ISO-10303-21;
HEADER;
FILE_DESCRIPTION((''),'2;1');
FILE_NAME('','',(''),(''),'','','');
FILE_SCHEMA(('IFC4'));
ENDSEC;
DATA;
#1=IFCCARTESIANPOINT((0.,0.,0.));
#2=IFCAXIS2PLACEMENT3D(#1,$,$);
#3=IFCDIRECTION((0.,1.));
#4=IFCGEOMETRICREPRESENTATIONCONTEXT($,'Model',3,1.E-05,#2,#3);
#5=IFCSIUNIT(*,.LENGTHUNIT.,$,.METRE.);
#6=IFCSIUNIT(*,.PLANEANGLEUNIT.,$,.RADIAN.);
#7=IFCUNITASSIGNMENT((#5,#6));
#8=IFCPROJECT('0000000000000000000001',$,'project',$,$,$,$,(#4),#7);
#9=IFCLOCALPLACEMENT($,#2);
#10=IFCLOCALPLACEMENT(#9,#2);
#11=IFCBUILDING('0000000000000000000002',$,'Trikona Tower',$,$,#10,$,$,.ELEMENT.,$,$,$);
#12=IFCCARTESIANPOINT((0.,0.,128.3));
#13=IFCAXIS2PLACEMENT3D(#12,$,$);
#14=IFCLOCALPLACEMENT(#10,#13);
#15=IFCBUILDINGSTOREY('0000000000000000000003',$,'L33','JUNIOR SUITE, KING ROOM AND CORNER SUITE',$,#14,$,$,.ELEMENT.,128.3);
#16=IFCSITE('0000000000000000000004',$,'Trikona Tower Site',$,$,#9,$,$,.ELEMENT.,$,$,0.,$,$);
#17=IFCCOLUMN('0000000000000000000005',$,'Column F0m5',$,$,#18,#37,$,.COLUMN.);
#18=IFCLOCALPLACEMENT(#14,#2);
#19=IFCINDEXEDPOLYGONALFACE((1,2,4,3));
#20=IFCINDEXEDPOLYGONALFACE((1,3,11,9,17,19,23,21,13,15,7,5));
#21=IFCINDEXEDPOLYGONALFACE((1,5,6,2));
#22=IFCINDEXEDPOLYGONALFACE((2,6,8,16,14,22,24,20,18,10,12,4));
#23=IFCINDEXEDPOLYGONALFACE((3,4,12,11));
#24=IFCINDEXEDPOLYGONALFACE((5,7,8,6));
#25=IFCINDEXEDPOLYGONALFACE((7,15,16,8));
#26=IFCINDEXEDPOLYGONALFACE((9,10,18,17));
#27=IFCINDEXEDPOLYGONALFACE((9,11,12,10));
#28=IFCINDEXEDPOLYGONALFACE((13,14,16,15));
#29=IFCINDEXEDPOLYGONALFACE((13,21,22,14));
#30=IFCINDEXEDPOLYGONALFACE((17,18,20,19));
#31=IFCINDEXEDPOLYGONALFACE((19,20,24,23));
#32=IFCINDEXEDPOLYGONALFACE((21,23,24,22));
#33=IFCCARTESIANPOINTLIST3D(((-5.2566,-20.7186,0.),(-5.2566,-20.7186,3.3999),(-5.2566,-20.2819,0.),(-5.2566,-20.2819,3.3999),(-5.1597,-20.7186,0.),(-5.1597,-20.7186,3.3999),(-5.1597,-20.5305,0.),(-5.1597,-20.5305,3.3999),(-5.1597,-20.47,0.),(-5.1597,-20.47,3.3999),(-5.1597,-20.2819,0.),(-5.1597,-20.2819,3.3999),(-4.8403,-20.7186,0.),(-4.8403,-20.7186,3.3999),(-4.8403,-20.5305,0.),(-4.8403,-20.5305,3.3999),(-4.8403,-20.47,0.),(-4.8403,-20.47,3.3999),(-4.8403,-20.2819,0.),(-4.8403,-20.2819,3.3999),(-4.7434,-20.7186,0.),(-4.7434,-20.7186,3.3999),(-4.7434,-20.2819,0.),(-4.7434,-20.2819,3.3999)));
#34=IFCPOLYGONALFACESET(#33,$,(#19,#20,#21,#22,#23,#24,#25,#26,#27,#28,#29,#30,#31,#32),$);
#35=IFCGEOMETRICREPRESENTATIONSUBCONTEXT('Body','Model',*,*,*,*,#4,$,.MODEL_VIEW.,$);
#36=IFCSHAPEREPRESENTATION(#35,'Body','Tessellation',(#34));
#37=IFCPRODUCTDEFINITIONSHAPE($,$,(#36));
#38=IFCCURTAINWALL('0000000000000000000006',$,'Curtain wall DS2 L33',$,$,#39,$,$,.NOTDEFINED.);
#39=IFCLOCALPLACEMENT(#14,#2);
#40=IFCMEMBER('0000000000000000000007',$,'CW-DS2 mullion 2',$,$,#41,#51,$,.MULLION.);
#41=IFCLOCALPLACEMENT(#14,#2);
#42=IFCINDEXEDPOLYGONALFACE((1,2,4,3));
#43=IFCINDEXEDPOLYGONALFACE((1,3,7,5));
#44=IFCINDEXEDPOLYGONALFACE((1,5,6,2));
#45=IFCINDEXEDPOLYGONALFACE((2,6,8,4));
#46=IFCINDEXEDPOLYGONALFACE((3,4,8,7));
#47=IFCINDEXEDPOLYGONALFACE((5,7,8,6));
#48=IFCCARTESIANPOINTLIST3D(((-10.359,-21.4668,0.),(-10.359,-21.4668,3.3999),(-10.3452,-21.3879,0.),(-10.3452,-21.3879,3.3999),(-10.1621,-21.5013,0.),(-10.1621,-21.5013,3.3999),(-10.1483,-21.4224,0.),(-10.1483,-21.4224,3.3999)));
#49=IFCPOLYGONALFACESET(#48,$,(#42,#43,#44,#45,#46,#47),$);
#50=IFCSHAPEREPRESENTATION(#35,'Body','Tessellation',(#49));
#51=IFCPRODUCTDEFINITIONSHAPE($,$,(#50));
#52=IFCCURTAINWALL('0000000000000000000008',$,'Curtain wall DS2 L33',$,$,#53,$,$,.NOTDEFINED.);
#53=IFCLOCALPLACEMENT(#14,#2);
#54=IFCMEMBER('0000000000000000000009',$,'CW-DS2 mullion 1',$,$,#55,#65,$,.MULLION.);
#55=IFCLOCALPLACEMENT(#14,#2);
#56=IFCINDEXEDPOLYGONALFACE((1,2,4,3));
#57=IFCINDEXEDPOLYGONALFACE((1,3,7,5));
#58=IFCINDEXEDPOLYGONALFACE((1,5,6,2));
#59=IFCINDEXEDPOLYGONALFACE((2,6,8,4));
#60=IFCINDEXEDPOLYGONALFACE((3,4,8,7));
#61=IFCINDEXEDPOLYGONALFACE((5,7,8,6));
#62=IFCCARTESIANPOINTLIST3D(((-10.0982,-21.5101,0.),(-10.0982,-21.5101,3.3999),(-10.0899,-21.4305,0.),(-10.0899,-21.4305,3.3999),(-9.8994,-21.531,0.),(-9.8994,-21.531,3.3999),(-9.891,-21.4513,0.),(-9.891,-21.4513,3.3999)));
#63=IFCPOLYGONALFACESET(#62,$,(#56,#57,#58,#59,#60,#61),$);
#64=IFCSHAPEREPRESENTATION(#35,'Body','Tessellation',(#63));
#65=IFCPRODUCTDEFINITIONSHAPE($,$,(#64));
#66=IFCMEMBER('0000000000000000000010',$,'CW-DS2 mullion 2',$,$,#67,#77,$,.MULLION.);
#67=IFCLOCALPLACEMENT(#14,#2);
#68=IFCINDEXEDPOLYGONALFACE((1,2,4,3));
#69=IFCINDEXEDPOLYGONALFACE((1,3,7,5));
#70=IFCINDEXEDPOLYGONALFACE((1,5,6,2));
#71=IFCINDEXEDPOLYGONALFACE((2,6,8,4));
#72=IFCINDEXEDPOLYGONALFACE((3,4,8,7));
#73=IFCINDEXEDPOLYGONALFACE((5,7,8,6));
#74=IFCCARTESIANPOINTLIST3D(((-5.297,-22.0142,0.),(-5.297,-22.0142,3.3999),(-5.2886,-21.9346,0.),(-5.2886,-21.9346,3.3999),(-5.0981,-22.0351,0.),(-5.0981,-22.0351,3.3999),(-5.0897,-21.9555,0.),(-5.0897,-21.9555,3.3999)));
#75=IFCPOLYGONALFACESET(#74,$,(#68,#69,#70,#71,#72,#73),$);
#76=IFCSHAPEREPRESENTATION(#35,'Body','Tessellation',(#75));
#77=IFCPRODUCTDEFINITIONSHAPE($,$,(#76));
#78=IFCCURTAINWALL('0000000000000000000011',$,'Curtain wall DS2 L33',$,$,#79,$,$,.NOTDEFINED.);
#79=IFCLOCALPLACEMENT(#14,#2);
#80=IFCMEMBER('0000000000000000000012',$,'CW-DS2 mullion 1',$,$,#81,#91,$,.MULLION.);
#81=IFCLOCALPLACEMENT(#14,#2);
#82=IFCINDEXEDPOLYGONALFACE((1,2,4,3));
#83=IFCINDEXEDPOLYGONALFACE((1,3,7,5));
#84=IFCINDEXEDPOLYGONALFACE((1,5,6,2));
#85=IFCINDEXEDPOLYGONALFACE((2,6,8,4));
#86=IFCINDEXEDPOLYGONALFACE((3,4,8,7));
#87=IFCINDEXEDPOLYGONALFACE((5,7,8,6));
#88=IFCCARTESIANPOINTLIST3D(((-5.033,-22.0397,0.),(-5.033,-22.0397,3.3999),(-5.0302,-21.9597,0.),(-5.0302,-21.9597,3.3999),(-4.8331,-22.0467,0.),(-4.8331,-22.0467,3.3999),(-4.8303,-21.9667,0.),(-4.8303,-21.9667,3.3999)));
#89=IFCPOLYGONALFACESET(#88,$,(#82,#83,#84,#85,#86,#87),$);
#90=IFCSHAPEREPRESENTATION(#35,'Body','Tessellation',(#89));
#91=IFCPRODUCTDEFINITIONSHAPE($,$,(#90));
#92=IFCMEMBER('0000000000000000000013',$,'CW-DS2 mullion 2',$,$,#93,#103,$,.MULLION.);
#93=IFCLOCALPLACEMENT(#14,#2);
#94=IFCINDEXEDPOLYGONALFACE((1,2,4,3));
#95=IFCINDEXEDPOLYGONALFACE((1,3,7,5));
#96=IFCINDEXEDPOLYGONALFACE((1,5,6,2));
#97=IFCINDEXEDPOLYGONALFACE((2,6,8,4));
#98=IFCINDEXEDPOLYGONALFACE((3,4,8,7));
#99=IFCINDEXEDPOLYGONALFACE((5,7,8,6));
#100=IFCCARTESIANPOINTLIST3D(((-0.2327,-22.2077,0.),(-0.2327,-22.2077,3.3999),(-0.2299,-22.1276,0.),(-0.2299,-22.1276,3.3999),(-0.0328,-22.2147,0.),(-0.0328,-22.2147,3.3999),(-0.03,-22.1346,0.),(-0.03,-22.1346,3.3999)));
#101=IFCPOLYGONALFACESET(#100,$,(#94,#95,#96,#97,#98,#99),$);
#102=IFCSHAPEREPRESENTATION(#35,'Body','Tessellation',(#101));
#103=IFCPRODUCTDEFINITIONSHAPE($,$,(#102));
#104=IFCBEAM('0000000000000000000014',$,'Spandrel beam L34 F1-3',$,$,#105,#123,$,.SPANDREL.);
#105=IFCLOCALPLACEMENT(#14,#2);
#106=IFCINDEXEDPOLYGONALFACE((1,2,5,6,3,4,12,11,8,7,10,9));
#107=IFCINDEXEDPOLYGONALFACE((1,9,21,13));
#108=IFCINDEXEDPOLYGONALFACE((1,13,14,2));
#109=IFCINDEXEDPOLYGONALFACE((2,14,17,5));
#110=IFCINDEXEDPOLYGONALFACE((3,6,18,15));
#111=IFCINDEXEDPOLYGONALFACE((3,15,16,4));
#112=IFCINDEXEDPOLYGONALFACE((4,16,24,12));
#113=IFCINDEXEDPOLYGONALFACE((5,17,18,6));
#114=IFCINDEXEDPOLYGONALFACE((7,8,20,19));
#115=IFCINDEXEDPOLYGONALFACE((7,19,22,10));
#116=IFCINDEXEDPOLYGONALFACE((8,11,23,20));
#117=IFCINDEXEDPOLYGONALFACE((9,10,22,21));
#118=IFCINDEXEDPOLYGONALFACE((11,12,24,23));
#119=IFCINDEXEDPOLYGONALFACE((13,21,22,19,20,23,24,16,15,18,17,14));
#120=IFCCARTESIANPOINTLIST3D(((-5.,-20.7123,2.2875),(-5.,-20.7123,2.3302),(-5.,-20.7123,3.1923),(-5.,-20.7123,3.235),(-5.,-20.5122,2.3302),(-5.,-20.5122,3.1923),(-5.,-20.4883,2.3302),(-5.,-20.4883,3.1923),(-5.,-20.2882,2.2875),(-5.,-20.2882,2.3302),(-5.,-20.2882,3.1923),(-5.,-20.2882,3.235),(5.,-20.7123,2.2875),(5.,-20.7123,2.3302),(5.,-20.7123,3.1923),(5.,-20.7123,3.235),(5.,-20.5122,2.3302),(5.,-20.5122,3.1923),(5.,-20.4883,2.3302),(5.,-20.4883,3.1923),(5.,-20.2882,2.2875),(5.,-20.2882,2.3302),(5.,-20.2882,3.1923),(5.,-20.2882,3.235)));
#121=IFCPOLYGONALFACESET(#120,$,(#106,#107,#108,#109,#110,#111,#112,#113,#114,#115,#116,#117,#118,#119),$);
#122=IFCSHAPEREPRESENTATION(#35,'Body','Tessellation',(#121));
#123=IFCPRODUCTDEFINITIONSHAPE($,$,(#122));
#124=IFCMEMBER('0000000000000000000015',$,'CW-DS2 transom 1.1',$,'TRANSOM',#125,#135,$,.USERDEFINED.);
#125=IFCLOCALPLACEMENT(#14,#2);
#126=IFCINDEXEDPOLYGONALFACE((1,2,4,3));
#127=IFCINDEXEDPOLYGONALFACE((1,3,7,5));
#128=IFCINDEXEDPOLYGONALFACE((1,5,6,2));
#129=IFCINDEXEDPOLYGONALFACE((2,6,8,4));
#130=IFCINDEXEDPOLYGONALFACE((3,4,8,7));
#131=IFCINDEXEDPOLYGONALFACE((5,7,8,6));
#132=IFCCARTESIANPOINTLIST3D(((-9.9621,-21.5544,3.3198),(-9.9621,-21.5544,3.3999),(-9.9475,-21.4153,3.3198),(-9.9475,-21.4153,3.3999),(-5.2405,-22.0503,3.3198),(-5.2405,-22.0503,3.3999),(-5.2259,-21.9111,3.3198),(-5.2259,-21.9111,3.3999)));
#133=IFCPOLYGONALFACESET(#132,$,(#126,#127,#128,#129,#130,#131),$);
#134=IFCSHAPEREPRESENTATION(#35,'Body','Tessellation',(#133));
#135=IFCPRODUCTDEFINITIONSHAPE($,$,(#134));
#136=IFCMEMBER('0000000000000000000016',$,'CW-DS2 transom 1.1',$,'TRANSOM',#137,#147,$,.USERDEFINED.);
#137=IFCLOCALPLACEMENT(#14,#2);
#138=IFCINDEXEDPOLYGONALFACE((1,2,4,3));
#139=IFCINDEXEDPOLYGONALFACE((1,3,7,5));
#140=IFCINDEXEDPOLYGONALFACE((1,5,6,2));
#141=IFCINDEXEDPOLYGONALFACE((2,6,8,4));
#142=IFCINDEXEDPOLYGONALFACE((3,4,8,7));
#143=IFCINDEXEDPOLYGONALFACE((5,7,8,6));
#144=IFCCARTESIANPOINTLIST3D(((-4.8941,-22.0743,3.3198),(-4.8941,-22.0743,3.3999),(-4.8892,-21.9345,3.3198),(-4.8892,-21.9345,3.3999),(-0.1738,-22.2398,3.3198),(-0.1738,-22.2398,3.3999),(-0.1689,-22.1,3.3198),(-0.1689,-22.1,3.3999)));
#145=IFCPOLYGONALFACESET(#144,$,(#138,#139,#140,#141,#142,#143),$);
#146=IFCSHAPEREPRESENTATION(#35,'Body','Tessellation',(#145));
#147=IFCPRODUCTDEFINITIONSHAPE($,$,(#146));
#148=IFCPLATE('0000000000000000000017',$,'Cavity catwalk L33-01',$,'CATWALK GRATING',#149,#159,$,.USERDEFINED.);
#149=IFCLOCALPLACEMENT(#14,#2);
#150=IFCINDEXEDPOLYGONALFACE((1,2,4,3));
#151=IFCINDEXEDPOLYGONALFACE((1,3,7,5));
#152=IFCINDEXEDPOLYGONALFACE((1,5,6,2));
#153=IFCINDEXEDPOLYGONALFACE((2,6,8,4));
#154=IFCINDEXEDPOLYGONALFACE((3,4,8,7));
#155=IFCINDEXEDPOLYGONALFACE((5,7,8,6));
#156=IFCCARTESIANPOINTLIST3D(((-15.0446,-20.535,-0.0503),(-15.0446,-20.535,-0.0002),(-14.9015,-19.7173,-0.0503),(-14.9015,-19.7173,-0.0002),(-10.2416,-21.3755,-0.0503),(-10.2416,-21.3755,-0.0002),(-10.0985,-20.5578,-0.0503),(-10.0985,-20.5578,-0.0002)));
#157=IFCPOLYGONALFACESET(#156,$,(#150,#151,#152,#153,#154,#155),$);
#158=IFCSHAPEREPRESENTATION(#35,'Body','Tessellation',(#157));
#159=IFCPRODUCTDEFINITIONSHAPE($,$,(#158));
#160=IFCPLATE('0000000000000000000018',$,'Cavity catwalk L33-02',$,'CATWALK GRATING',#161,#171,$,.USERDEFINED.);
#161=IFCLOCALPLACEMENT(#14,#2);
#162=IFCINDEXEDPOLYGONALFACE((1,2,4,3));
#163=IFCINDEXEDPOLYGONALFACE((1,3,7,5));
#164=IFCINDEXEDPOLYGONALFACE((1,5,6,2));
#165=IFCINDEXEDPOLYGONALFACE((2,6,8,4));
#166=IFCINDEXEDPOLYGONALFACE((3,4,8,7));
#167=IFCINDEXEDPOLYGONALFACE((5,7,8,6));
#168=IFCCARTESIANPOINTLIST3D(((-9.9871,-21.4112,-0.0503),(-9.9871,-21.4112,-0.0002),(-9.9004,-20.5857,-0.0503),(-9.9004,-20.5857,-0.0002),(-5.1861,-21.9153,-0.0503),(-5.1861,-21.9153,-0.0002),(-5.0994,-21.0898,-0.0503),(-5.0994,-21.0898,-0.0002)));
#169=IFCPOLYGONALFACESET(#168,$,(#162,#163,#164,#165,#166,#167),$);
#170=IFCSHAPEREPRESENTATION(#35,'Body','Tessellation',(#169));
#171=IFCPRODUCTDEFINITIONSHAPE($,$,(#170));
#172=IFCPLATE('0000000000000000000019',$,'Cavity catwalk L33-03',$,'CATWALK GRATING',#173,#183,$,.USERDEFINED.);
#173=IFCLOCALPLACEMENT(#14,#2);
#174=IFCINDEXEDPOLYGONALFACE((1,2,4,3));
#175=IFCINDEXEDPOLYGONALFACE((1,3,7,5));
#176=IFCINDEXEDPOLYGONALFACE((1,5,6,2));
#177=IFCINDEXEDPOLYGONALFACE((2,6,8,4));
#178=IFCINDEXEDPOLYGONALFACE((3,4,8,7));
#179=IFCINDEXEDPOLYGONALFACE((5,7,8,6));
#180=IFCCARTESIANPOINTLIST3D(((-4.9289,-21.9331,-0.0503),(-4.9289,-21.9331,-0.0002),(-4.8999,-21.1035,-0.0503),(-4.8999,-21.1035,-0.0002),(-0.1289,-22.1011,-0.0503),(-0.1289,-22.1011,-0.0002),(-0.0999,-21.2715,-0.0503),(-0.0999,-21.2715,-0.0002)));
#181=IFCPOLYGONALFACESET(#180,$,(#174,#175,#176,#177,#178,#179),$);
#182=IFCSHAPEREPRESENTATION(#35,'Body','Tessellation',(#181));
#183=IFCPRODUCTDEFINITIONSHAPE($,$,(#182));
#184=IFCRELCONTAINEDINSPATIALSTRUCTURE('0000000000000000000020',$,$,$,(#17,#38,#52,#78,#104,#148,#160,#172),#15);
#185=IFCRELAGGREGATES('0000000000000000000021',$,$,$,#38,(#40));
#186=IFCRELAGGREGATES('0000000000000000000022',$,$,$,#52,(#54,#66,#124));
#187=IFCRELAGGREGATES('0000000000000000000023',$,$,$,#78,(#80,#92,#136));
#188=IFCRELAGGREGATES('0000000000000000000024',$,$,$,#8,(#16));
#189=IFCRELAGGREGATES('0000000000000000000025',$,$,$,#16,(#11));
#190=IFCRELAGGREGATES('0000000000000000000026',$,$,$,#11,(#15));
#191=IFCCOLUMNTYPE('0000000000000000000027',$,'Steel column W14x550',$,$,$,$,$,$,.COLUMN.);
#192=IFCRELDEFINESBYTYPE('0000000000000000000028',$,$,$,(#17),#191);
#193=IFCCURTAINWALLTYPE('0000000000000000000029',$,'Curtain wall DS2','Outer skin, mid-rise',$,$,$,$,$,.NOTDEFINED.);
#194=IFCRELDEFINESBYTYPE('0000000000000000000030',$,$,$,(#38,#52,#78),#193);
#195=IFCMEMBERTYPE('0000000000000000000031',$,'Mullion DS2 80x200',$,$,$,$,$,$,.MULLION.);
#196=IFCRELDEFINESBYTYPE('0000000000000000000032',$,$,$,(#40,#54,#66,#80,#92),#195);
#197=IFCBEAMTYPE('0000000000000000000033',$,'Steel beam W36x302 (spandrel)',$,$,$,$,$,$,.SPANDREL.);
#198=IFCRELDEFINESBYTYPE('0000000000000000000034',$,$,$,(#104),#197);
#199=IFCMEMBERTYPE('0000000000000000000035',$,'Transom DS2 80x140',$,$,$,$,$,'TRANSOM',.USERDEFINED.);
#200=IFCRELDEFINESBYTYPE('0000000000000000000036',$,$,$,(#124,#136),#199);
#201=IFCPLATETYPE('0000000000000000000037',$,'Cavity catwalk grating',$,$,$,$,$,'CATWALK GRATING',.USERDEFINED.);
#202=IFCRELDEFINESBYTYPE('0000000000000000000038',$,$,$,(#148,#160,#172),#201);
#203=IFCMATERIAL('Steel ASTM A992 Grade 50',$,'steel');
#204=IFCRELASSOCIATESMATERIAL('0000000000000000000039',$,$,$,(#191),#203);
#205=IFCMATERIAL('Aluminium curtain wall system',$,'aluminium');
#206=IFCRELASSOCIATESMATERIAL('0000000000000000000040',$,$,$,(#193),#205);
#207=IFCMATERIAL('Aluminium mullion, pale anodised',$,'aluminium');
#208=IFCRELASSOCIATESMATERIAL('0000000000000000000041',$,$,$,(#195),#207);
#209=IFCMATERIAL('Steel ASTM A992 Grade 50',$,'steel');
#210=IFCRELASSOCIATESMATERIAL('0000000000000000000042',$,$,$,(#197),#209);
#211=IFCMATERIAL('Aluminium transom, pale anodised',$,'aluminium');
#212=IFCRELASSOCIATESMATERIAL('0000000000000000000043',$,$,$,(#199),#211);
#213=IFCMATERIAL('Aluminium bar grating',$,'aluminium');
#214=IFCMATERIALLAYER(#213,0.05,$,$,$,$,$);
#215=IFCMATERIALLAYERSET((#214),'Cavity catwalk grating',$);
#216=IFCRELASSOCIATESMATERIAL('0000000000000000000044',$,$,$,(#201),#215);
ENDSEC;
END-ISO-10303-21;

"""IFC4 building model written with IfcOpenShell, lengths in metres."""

from ifc_helpers import new_model, si_unit, direction, frame, origin, origin_2d, place, context, subcontext, project, spatial, rectangle, i_section, extrude, material, layer, layer_set, material_profile, profile_set, type_object, element, aggregate, save


model = new_model("IFC4")

# Units and contexts
model_context = context("Model", 3, precision=1e-05, world=origin(), true_north=direction((0.0, 1.0)))
body_context = subcontext(model_context, "Body", "Model", "MODEL_VIEW")
ifc_project = project(units=[si_unit("LENGTHUNIT", "METRE"), si_unit("PLANEANGLEUNIT", "RADIAN")], contexts=[model_context])

# Site, building, storey
site_placement = place(None, origin())
site = spatial("IfcSite", under=ifc_project, at=site_placement, Name="Trikona Tower Site", CompositionType="ELEMENT", RefElevation=0.0)
building_placement = place(site_placement, origin())
building = spatial("IfcBuilding", under=site, at=building_placement, Name="Trikona Tower", CompositionType="ELEMENT")
storey_placement = place(building_placement, frame((0.0, 0.0, 128.3)))
storey = spatial("IfcBuildingStorey", under=building, at=storey_placement, Name="L33", Description="JUNIOR SUITE, KING ROOM AND CORNER SUITE", CompositionType="ELEMENT", Elevation=128.3)

# Column
ifc_material_1 = material(Name="Steel ASTM A992 Grade 50", Category="steel")
ifc_material_profile_1 = material_profile(ifc_material_1, i_section(OverallWidth=0.4368, OverallDepth=0.5132, WebThickness=0.0605, FlangeThickness=0.0969, at=origin_2d()), Name="W14X550")
ifc_profile_set_1 = profile_set([ifc_material_profile_1], Name="Steel ASTM A992 Grade 50")
column_type = type_object("IfcColumnType", Name="Steel column W14x550", PredefinedType="COLUMN", material=ifc_profile_set_1)
column_placement = place(storey_placement, frame((-5.0, -20.5002, 0.0), z_axis=(0.0, 0.0, 1.0), x_axis=(0.0, -1.0, 0.0)))
element("IfcColumn", 1, at=column_placement, inside=storey, type_object=column_type, Name="Column F0m5", PredefinedType="COLUMN", context=body_context, shape_type="SweptSolid", body=[
    extrude(i_section(OverallWidth=0.4368, OverallDepth=0.5132, WebThickness=0.0605, FlangeThickness=0.0969, at=origin_2d()), origin(), (0.0, 0.0, 1.0), 3.3999),
])

# Curtain wall, member
ifc_material_2 = material(Name="Aluminium curtain wall system", Category="aluminium")
curtain_wall_type = type_object("IfcCurtainWallType", Name="Curtain wall DS2", Description="Outer skin, mid-rise", PredefinedType="NOTDEFINED", material=ifc_material_2)
curtain_wall_1_placement = place(storey_placement, origin())
curtain_wall_1 = element("IfcCurtainWall", 2, at=curtain_wall_1_placement, inside=storey, type_object=curtain_wall_type, Name="Curtain wall DS2 L33", PredefinedType="NOTDEFINED")
ifc_material_3 = material(Name="Aluminium mullion, pale anodised", Category="aluminium")
ifc_material_profile_2 = material_profile(ifc_material_3, rectangle(XDim=0.0801, YDim=0.2, at=origin_2d()), Name="MUL-DS2")
ifc_profile_set_2 = profile_set([ifc_material_profile_2], Name="Aluminium mullion, pale anodised")
member_type_1 = type_object("IfcMemberType", Name="Mullion DS2 80x200", PredefinedType="MULLION", material=ifc_profile_set_2)
member_1_placement = place(storey_placement, frame((-10.2537, -21.4446, 0.0), z_axis=(0.0, 0.0, 1.0), x_axis=(0.172377, 0.985031, 0.0)))
member_1 = element("IfcMember", 3, at=member_1_placement, type_object=member_type_1, Name="CW-DS2 mullion 2", PredefinedType="MULLION", context=body_context, shape_type="SweptSolid", body=[
    extrude(rectangle(XDim=0.0801, YDim=0.2, at=origin_2d()), origin(), (0.0, 0.0, 1.0), 3.3999),
])

# Curtain walls, members
curtain_wall_2_placement = place(storey_placement, origin())
curtain_wall_2 = element("IfcCurtainWall", 4, at=curtain_wall_2_placement, inside=storey, type_object=curtain_wall_type, Name="Curtain wall DS2 L33", PredefinedType="NOTDEFINED")
member_2_placement = place(storey_placement, frame((-9.9946, -21.4807, 0.0), z_axis=(0.0, 0.0, 1.0), x_axis=(0.104433, 0.994532, 0.0)))
member_2 = element("IfcMember", 5, at=member_2_placement, type_object=member_type_1, Name="CW-DS2 mullion 1", PredefinedType="MULLION", context=body_context, shape_type="SweptSolid", body=[
    extrude(rectangle(XDim=0.0801, YDim=0.2, at=origin_2d()), origin(), (0.0, 0.0, 1.0), 3.3999),
])
member_3_placement = place(storey_placement, frame((-5.1934, -21.9849, 0.0), z_axis=(0.0, 0.0, 1.0), x_axis=(0.104433, 0.994532, 0.0)))
member_3 = element("IfcMember", 6, at=member_3_placement, type_object=member_type_1, Name="CW-DS2 mullion 2", PredefinedType="MULLION", context=body_context, shape_type="SweptSolid", body=[
    extrude(rectangle(XDim=0.0801, YDim=0.2, at=origin_2d()), origin(), (0.0, 0.0, 1.0), 3.3999),
])
curtain_wall_3_placement = place(storey_placement, origin())
curtain_wall_3 = element("IfcCurtainWall", 7, at=curtain_wall_3_placement, inside=storey, type_object=curtain_wall_type, Name="Curtain wall DS2 L33", PredefinedType="NOTDEFINED")
member_4_placement = place(storey_placement, frame((-4.9316, -22.0032, 0.0), z_axis=(0.0, 0.0, 1.0), x_axis=(0.034998, 0.999387, 0.0)))
member_4 = element("IfcMember", 8, at=member_4_placement, type_object=member_type_1, Name="CW-DS2 mullion 1", PredefinedType="MULLION", context=body_context, shape_type="SweptSolid", body=[
    extrude(rectangle(XDim=0.0801, YDim=0.2, at=origin_2d()), origin(), (0.0, 0.0, 1.0), 3.3999),
])
member_5_placement = place(storey_placement, frame((-0.1313, -22.1711, 0.0), z_axis=(0.0, 0.0, 1.0), x_axis=(0.034998, 0.999387, 0.0)))
member_5 = element("IfcMember", 9, at=member_5_placement, type_object=member_type_1, Name="CW-DS2 mullion 2", PredefinedType="MULLION", context=body_context, shape_type="SweptSolid", body=[
    extrude(rectangle(XDim=0.0801, YDim=0.2, at=origin_2d()), origin(), (0.0, 0.0, 1.0), 3.3999),
])

# Beam
ifc_material_4 = material(Name="Steel ASTM A992 Grade 50", Category="steel")
ifc_material_profile_3 = material_profile(ifc_material_4, i_section(OverallWidth=0.4241, OverallDepth=0.9475, WebThickness=0.0239, FlangeThickness=0.0427, at=origin_2d()), Name="W36X302")
ifc_profile_set_3 = profile_set([ifc_material_profile_3], Name="Steel ASTM A992 Grade 50")
beam_type = type_object("IfcBeamType", Name="Steel beam W36x302 (spandrel)", PredefinedType="SPANDREL", material=ifc_profile_set_3)
beam_placement = place(storey_placement, frame((-5.0, -20.5002, 2.7612), z_axis=(1.0, 0.0, 0.0), x_axis=(0.0, 1.0, 0.0)))
element("IfcBeam", 10, at=beam_placement, inside=storey, type_object=beam_type, Name="Spandrel beam L34 F1-3", PredefinedType="SPANDREL", context=body_context, shape_type="SweptSolid", body=[
    extrude(i_section(OverallWidth=0.4241, OverallDepth=0.9475, WebThickness=0.0239, FlangeThickness=0.0427, at=origin_2d()), origin(), (0.0, 0.0, 1.0), 10.0),
])

# Members
ifc_material_5 = material(Name="Aluminium transom, pale anodised", Category="aluminium")
ifc_material_profile_4 = material_profile(ifc_material_5, rectangle(XDim=0.1399, YDim=0.0801, at=origin_2d()), Name="TRN-DS2")
ifc_profile_set_4 = profile_set([ifc_material_profile_4], Name="Aluminium transom, pale anodised")
member_type_2 = type_object("IfcMemberType", Name="Transom DS2 80x140", ElementType="TRANSOM", PredefinedType="USERDEFINED", material=ifc_profile_set_4)
member_6_placement = place(storey_placement, frame((-9.9548, -21.4849, 3.3599), z_axis=(0.994531, -0.104441, 0.0), x_axis=(0.104441, 0.994531, 0.0)))
member_6 = element("IfcMember", 11, at=member_6_placement, type_object=member_type_2, Name="CW-DS2 transom 1.1", ObjectType="TRANSOM", PredefinedType="USERDEFINED", context=body_context, shape_type="SweptSolid", body=[
    extrude(rectangle(XDim=0.1399, YDim=0.0801, at=origin_2d()), origin(), (0.0, 0.0, 1.0), 4.7476),
])
member_7_placement = place(storey_placement, frame((-4.8916, -22.0044, 3.3599), z_axis=(0.999386, -0.035046, 0.0), x_axis=(0.035046, 0.999386, 0.0)))
member_7 = element("IfcMember", 12, at=member_7_placement, type_object=member_type_2, Name="CW-DS2 transom 1.1", ObjectType="TRANSOM", PredefinedType="USERDEFINED", context=body_context, shape_type="SweptSolid", body=[
    extrude(rectangle(XDim=0.1399, YDim=0.0801, at=origin_2d()), origin(), (0.0, 0.0, 1.0), 4.7231),
])

# Plates
ifc_material_6 = material(Name="Aluminium bar grating", Category="aluminium")
ifc_layer_1 = layer(ifc_material_6, 0.05)
ifc_layer_set_1 = layer_set([ifc_layer_1], Name="Cavity catwalk grating")
plate_type_1 = type_object("IfcPlateType", Name="Cavity catwalk grating", ElementType="CATWALK GRATING", PredefinedType="USERDEFINED", material=ifc_layer_set_1)
plate_1_placement = place(storey_placement, frame((-12.5715, -20.5464, -0.0503), z_axis=(0.0, 0.0, 1.0), x_axis=(0.985031, -0.17238, 0.0)))
element("IfcPlate", 13, at=plate_1_placement, inside=storey, type_object=plate_type_1, Name="Cavity catwalk L33-01", ObjectType="CATWALK GRATING", PredefinedType="USERDEFINED", context=body_context, shape_type="SweptSolid", body=[
    extrude(rectangle(XDim=4.876, YDim=0.8301, at=origin_2d()), origin(), (0.0, 0.0, 1.0), 0.05),
])
plate_2_placement = place(storey_placement, frame((-7.5432, -21.2505, -0.0503), z_axis=(0.0, 0.0, 1.0), x_axis=(0.994533, -0.104426, 0.0)))
element("IfcPlate", 14, at=plate_2_placement, inside=storey, type_object=plate_type_1, Name="Cavity catwalk L33-02", ObjectType="CATWALK GRATING", PredefinedType="USERDEFINED", context=body_context, shape_type="SweptSolid", body=[
    extrude(rectangle(XDim=4.8274, YDim=0.8301, at=origin_2d()), origin(), (0.0, 0.0, 1.0), 0.05),
])
plate_3_placement = place(storey_placement, frame((-2.5144, -21.6023, -0.0503), z_axis=(0.0, 0.0, 1.0), x_axis=(0.999388, -0.034978, 0.0)))
element("IfcPlate", 15, at=plate_3_placement, inside=storey, type_object=plate_type_1, Name="Cavity catwalk L33-03", ObjectType="CATWALK GRATING", PredefinedType="USERDEFINED", context=body_context, shape_type="SweptSolid", body=[
    extrude(rectangle(XDim=4.803, YDim=0.8301, at=origin_2d()), origin(), (0.0, 0.0, 1.0), 0.05),
])

aggregate(curtain_wall_1, [member_1])
aggregate(curtain_wall_2, [member_2, member_3, member_6])
aggregate(curtain_wall_3, [member_4, member_5, member_7])

save(model, "model.ifc")
